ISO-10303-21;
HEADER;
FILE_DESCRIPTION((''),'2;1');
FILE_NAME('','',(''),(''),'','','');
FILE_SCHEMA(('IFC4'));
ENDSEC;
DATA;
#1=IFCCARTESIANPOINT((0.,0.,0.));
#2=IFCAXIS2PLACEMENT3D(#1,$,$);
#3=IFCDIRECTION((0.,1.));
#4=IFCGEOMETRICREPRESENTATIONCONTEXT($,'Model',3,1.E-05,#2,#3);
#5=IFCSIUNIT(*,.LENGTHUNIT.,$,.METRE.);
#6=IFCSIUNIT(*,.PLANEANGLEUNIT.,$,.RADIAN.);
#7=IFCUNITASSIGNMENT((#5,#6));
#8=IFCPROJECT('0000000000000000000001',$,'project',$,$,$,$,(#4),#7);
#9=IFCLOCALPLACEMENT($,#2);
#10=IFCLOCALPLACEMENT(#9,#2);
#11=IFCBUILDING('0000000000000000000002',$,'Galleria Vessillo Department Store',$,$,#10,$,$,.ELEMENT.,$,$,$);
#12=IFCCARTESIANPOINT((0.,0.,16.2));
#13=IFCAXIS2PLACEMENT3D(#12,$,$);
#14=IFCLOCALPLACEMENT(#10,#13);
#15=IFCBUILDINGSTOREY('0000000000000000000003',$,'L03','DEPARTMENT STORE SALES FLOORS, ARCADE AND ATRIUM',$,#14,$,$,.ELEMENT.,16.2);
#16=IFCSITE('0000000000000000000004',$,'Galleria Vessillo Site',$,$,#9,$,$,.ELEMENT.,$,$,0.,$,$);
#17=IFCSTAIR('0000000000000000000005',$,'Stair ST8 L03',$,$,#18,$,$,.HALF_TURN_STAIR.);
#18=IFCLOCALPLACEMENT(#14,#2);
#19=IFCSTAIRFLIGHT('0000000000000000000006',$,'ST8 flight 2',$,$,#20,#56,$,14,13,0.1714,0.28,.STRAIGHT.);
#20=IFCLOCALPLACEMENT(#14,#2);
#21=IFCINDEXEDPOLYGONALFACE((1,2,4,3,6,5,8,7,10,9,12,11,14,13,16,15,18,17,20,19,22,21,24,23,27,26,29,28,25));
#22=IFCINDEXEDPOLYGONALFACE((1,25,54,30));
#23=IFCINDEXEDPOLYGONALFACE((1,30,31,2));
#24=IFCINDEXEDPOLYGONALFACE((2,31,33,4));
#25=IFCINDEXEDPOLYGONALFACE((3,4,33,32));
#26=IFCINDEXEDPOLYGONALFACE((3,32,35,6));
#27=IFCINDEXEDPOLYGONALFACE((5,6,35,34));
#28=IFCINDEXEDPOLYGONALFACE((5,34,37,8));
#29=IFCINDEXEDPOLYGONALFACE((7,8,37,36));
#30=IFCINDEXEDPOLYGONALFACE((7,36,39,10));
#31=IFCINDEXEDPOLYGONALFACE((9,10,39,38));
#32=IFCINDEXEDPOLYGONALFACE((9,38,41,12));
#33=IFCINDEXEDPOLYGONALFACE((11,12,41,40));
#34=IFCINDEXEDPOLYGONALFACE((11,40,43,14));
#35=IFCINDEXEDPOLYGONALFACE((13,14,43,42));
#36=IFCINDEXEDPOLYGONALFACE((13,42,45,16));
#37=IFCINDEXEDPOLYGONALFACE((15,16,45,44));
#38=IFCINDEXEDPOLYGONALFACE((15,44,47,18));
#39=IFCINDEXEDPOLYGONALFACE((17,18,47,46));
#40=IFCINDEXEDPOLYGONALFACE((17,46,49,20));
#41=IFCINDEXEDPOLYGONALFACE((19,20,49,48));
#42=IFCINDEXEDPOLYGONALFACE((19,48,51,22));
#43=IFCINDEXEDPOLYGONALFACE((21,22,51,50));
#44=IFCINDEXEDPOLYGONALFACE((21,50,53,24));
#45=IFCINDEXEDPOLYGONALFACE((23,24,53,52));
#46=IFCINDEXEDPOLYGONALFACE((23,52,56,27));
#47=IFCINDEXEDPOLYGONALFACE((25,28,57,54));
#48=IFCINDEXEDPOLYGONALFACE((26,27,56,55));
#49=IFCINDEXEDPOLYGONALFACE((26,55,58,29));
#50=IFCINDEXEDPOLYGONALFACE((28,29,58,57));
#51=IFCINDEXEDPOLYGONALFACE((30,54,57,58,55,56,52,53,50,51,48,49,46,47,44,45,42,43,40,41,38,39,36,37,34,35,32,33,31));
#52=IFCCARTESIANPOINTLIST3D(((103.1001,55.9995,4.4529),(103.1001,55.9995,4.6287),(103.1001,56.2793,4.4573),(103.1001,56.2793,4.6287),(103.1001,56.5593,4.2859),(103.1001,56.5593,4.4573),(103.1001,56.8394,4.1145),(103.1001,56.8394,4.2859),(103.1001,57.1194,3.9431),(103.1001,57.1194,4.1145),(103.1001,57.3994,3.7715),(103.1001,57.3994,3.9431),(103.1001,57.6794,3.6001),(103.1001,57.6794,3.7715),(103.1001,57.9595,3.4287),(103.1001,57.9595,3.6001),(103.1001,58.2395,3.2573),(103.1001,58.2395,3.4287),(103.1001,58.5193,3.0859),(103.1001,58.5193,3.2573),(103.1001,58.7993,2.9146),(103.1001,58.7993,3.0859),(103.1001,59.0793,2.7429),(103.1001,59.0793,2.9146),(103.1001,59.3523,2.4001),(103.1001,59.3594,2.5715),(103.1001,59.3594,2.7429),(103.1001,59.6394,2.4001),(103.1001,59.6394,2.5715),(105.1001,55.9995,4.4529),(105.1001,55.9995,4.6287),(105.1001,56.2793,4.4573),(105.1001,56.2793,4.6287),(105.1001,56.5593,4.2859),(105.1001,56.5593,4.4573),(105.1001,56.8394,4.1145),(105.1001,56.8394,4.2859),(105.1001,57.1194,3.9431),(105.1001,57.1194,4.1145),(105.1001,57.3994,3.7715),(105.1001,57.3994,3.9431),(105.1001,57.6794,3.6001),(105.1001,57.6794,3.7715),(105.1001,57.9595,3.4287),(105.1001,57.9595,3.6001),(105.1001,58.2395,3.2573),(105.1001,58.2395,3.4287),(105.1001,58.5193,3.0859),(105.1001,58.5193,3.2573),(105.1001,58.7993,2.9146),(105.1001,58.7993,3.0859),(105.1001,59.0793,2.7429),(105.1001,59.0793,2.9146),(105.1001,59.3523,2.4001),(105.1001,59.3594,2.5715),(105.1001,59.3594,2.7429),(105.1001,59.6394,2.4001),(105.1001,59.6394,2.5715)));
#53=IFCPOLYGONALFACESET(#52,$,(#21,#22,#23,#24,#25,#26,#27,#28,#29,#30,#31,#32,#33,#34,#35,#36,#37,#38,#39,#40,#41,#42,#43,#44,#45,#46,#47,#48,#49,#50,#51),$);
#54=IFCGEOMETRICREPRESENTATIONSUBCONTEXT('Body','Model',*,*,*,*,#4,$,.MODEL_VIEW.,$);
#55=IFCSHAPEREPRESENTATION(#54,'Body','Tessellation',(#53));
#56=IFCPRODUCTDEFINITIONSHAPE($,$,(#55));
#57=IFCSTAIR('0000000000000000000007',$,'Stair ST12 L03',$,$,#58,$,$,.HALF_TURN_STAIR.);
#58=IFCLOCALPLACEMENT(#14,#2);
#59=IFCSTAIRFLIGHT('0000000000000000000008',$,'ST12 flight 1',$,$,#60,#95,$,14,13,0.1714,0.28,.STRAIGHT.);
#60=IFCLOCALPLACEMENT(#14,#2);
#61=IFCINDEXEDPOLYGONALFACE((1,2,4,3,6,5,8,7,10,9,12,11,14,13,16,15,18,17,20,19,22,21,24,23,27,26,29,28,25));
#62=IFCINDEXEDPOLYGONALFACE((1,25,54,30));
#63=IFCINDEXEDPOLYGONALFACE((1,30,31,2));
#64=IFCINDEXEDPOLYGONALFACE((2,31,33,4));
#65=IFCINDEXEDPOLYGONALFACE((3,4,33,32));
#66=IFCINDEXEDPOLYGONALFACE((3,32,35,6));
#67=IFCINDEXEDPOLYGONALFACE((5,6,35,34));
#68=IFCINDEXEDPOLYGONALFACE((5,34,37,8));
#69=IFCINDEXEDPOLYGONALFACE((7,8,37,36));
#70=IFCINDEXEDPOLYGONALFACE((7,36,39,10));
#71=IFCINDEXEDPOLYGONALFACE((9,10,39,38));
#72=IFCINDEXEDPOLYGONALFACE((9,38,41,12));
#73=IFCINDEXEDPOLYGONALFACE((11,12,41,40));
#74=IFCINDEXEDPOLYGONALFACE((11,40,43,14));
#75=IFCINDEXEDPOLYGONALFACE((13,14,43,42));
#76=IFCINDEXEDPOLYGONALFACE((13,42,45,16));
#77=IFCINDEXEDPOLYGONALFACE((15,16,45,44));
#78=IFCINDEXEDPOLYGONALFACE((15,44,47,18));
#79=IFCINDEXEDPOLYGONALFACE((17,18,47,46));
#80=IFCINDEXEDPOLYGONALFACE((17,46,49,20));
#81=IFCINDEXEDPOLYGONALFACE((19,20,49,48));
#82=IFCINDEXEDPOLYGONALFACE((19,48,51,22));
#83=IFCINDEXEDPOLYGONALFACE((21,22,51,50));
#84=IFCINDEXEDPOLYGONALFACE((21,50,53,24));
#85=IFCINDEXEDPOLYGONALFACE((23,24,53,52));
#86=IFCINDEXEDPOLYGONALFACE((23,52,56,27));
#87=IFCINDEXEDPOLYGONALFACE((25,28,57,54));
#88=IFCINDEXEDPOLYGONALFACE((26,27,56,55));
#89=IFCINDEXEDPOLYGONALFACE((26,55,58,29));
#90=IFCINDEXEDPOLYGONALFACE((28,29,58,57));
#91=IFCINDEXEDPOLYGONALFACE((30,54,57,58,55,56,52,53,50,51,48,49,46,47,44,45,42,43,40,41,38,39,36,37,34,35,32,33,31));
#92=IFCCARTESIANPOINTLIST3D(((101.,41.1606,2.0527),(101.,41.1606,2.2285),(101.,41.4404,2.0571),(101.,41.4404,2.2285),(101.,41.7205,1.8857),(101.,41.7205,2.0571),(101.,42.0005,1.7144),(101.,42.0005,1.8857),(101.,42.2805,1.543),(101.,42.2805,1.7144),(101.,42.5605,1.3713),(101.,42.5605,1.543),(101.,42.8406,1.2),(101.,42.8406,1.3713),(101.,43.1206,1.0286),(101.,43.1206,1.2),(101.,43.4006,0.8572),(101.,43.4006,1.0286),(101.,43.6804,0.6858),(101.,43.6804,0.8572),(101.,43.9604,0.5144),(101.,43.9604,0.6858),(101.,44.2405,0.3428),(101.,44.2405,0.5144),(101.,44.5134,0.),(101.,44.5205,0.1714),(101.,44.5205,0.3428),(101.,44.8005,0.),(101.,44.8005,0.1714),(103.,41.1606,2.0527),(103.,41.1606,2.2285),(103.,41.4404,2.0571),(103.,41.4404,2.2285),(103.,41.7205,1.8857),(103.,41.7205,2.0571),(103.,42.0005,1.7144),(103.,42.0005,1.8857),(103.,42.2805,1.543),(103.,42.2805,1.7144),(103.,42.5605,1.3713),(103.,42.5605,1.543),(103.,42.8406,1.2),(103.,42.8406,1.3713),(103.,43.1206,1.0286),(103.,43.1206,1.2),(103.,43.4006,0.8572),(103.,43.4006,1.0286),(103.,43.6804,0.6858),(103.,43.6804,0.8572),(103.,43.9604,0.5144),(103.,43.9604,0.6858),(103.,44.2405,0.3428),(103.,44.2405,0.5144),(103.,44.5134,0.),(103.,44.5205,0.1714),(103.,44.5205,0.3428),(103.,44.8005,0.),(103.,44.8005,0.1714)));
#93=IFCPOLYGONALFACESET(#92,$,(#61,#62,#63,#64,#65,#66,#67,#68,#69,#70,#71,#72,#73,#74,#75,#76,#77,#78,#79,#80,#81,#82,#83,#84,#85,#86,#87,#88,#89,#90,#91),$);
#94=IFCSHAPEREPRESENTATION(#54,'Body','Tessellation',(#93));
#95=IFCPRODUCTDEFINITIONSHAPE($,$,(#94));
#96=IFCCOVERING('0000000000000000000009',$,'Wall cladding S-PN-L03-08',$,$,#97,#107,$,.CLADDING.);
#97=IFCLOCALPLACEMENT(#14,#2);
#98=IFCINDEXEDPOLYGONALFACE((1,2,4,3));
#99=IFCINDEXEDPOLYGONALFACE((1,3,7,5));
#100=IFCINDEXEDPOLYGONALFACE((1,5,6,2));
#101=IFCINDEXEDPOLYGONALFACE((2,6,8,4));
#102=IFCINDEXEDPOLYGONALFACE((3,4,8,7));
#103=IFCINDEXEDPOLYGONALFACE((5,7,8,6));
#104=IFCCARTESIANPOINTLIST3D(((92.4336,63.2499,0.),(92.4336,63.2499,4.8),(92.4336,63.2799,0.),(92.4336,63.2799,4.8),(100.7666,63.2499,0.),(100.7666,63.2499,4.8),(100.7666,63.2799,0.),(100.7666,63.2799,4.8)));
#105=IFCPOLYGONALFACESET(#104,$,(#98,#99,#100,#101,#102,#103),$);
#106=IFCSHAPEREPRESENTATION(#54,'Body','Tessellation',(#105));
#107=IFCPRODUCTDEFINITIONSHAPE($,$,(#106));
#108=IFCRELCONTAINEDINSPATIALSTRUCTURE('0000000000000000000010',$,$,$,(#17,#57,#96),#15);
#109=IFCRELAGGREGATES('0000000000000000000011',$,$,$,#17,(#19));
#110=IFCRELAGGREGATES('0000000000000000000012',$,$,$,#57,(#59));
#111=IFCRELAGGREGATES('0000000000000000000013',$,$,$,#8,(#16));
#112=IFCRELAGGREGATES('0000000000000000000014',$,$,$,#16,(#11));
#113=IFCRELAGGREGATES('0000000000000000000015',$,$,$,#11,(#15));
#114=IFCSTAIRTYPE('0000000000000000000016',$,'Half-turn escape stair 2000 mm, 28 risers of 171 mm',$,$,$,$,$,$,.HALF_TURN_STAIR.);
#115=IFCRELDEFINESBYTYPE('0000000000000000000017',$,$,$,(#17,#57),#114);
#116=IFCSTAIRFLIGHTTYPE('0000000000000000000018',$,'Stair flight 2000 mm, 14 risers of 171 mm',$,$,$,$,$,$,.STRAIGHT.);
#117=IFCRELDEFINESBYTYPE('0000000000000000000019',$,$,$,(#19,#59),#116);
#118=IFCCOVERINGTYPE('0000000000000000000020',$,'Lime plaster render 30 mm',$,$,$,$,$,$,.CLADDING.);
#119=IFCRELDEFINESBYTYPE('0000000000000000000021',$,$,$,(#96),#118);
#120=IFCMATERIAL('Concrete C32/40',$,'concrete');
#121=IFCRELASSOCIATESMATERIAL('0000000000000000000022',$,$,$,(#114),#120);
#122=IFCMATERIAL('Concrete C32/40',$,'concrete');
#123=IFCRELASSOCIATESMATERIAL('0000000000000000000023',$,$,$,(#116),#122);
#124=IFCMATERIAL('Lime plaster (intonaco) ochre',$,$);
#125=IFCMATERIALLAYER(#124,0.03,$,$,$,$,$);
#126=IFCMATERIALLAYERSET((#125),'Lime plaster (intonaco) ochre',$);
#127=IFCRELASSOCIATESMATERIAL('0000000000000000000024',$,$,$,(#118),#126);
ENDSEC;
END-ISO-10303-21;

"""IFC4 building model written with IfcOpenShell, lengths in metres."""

from ifc_helpers import new_model, si_unit, direction, frame, origin, origin_2d, place, context, subcontext, project, spatial, polyline, rectangle, outline, extrude, material, layer, layer_set, type_object, element, aggregate, save


model = new_model("IFC4")

# Units and contexts
model_context = context("Model", 3, precision=1e-05, world=origin(), true_north=direction((0.0, 1.0)))
body_context = subcontext(model_context, "Body", "Model", "MODEL_VIEW")
ifc_project = project(units=[si_unit("LENGTHUNIT", "METRE"), si_unit("PLANEANGLEUNIT", "RADIAN")], contexts=[model_context])

# Site, building, storey
site_placement = place(None, origin())
site = spatial("IfcSite", under=ifc_project, at=site_placement, Name="Galleria Vessillo Site", CompositionType="ELEMENT", RefElevation=0.0)
building_placement = place(site_placement, origin())
building = spatial("IfcBuilding", under=site, at=building_placement, Name="Galleria Vessillo Department Store", CompositionType="ELEMENT")
storey_placement = place(building_placement, frame((0.0, 0.0, 16.2)))
storey = spatial("IfcBuildingStorey", under=building, at=storey_placement, Name="L03", Description="DEPARTMENT STORE SALES FLOORS, ARCADE AND ATRIUM", CompositionType="ELEMENT", Elevation=16.2)

# Stair, stair flight
ifc_material_1 = material(Name="Concrete C32/40", Category="concrete")
stair_type = type_object("IfcStairType", Name="Half-turn escape stair 2000 mm, 28 risers of 171 mm", PredefinedType="HALF_TURN_STAIR", material=ifc_material_1)
stair_1_placement = place(storey_placement, origin())
stair_1 = element("IfcStair", 1, at=stair_1_placement, inside=storey, type_object=stair_type, Name="Stair ST8 L03", PredefinedType="HALF_TURN_STAIR")
ifc_material_2 = material(Name="Concrete C32/40", Category="concrete")
stair_flight_type = type_object("IfcStairFlightType", Name="Stair flight 2000 mm, 14 risers of 171 mm", PredefinedType="STRAIGHT", material=ifc_material_2)
stair_flight_1_placement = place(storey_placement, frame((104.1001, 59.6394, 2.4001), z_axis=(0.0, 0.0, 1.0), x_axis=(0.0, -1.0, 0.0)))
stair_flight_1 = element("IfcStairFlight", 2, at=stair_flight_1_placement, type_object=stair_flight_type, Name="ST8 flight 2", NumberOfRisers=14, NumberOfTreads=13, PredefinedType="STRAIGHT", RiserHeight=0.1714, TreadLength=0.28, context=body_context, shape_type="SweptSolid", body=[
    extrude(outline(polyline([(0.0, 0.0), (0.0, 0.1714), (0.28, 0.1714), (0.28, 0.3428), (0.5601, 0.3428), (0.5601, 0.5144), (0.8401, 0.5144), (0.8401, 0.6858), (1.1201, 0.6858), (1.1201, 0.8572), (1.3999, 0.8572), (1.3999, 1.0286), (1.6799, 1.0286), (1.6799, 1.2), (1.96, 1.2), (1.96, 1.3713), (2.24, 1.3713), (2.24, 1.543), (2.52, 1.543), (2.52, 1.7144), (2.8, 1.7144), (2.8, 1.8857), (3.0801, 1.8857), (3.0801, 2.0571), (3.3601, 2.0571), (3.3601, 2.2285), (3.6399, 2.2285), (3.6399, 2.3999), (3.6399, 2.0527), (0.2871, 0.0), (0.0, 0.0)])), frame((0.0, 1.0, 0.0), z_axis=(0.0, -1.0, 0.0), x_axis=(1.0, 0.0, 0.0)), (0.0, 0.0, 1.0), 2.0),
])
aggregate(stair_1, [stair_flight_1])

# Stair, stair flight
stair_2_placement = place(storey_placement, origin())
stair_2 = element("IfcStair", 3, at=stair_2_placement, inside=storey, type_object=stair_type, Name="Stair ST12 L03", PredefinedType="HALF_TURN_STAIR")
stair_flight_2_placement = place(storey_placement, frame((102.0, 44.8005, 0.0), z_axis=(0.0, 0.0, 1.0), x_axis=(0.0, -1.0, 0.0)))
stair_flight_2 = element("IfcStairFlight", 4, at=stair_flight_2_placement, type_object=stair_flight_type, Name="ST12 flight 1", NumberOfRisers=14, NumberOfTreads=13, PredefinedType="STRAIGHT", RiserHeight=0.1714, TreadLength=0.28, context=body_context, shape_type="SweptSolid", body=[
    extrude(outline(polyline([(0.0, 0.0), (0.0, 0.1714), (0.28, 0.1714), (0.28, 0.3428), (0.5601, 0.3428), (0.5601, 0.5144), (0.8401, 0.5144), (0.8401, 0.6858), (1.1201, 0.6858), (1.1201, 0.8572), (1.3999, 0.8572), (1.3999, 1.0286), (1.6799, 1.0286), (1.6799, 1.2), (1.96, 1.2), (1.96, 1.3713), (2.24, 1.3713), (2.24, 1.543), (2.52, 1.543), (2.52, 1.7144), (2.8, 1.7144), (2.8, 1.8857), (3.0801, 1.8857), (3.0801, 2.0571), (3.3601, 2.0571), (3.3601, 2.2285), (3.6399, 2.2285), (3.6399, 2.3999), (3.6399, 2.0527), (0.2871, 0.0), (0.0, 0.0)])), frame((0.0, 1.0, 0.0), z_axis=(0.0, -1.0, 0.0), x_axis=(1.0, 0.0, 0.0)), (0.0, 0.0, 1.0), 2.0),
])
aggregate(stair_2, [stair_flight_2])

# Covering
ifc_material_3 = material(Name="Lime plaster (intonaco) ochre")
ifc_layer_1 = layer(ifc_material_3, 0.03)
ifc_layer_set_1 = layer_set([ifc_layer_1], Name="Lime plaster (intonaco) ochre")
covering_type = type_object("IfcCoveringType", Name="Lime plaster render 30 mm", PredefinedType="CLADDING", material=ifc_layer_set_1)
covering_placement = place(storey_placement, frame((96.6001, 63.2649, 0.0), z_axis=(0.0, 0.0, 1.0), x_axis=(1.0, 0.0, 0.0)))
element("IfcCovering", 5, at=covering_placement, inside=storey, type_object=covering_type, Name="Wall cladding S-PN-L03-08", PredefinedType="CLADDING", context=body_context, shape_type="SweptSolid", body=[
    extrude(rectangle(XDim=8.333, YDim=0.03, at=origin_2d()), origin(), (0.0, 0.0, 1.0), 4.8),
])

save(model, "model.ifc")
